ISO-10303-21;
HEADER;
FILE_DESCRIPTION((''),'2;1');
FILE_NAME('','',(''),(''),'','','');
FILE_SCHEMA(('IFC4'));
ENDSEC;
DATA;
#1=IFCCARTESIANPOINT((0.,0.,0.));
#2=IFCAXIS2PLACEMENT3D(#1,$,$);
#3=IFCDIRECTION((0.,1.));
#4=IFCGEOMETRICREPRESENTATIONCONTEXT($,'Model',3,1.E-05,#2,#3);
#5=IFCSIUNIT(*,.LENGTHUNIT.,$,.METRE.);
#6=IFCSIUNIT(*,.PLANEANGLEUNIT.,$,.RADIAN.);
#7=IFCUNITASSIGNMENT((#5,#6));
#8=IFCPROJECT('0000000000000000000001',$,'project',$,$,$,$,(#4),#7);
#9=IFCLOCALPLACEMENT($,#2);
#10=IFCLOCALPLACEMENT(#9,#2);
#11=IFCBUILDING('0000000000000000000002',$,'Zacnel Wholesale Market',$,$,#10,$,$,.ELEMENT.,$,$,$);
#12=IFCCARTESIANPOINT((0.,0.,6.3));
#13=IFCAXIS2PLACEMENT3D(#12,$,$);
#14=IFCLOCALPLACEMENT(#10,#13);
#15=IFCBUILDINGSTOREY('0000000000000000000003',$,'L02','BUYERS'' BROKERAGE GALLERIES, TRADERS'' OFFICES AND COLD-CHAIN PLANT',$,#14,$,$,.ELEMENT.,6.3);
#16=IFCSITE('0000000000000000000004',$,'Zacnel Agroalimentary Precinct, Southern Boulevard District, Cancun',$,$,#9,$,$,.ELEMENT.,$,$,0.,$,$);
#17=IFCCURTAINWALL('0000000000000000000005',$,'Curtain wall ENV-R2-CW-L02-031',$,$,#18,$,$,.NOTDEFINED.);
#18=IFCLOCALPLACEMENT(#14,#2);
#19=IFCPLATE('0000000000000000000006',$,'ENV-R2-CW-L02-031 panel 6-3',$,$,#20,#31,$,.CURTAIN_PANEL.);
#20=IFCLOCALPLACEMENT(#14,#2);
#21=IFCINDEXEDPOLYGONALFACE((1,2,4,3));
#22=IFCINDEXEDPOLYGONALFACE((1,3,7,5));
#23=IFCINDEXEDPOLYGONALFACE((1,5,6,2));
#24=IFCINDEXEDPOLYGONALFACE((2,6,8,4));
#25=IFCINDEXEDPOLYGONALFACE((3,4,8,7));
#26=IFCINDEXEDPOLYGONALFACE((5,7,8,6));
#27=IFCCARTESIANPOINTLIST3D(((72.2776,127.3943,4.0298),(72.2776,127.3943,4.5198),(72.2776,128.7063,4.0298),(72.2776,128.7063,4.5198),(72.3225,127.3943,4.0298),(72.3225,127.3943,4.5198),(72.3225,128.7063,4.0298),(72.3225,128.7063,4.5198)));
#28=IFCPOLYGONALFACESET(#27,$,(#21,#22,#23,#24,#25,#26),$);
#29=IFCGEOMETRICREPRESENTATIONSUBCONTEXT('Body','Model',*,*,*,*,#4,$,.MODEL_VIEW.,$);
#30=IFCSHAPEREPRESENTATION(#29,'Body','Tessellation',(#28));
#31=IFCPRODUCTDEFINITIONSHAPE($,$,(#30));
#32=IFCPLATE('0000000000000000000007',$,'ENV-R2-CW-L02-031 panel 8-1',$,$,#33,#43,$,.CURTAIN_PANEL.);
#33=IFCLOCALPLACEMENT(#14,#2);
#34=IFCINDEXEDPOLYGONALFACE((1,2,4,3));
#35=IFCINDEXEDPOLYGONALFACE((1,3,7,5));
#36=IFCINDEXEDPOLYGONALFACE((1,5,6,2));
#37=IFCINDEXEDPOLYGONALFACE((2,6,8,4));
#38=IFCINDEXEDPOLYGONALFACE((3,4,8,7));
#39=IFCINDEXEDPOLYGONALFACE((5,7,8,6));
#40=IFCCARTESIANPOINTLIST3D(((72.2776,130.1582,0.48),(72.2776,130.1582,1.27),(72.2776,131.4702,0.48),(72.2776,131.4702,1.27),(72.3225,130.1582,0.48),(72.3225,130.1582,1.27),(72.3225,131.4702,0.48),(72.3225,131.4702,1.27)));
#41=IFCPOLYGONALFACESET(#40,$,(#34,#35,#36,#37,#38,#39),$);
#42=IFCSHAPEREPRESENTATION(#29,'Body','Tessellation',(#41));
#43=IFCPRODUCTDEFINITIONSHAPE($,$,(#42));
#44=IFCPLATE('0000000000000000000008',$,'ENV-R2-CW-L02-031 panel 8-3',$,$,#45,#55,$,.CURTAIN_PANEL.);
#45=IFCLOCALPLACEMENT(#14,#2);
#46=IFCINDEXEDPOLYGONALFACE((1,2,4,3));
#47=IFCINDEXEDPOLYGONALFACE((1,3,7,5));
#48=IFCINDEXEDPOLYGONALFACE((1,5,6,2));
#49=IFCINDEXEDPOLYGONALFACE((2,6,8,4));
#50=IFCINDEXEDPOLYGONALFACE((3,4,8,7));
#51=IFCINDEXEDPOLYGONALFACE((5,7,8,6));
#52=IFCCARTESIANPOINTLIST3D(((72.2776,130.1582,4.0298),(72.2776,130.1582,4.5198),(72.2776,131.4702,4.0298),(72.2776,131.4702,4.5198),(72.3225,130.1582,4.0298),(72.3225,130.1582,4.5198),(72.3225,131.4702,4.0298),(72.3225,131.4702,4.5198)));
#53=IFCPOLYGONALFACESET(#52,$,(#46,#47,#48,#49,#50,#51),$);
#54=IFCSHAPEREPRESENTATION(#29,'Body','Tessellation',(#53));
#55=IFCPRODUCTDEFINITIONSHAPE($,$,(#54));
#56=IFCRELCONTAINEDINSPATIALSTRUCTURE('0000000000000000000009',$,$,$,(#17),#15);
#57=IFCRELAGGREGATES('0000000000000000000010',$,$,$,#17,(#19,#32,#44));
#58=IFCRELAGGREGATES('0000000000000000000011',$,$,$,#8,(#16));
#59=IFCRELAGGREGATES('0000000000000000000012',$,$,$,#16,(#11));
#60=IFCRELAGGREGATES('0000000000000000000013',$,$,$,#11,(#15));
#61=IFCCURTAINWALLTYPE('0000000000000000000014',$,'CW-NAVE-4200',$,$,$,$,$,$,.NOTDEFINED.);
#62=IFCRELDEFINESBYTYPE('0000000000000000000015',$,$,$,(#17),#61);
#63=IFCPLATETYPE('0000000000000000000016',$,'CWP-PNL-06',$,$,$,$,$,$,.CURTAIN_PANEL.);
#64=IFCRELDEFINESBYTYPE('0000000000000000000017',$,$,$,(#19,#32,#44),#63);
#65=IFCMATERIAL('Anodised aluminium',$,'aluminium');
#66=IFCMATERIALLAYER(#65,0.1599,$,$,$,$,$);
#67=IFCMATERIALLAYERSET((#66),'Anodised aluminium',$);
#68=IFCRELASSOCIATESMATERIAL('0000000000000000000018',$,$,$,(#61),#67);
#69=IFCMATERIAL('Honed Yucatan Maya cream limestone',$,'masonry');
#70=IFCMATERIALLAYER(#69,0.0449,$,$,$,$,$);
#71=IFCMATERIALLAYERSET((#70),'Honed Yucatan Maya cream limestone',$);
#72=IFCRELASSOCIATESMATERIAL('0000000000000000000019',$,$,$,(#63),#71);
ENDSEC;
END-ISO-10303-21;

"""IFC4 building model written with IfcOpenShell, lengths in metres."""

from ifc_helpers import new_model, si_unit, direction, frame, origin, origin_2d, place, context, subcontext, project, spatial, rectangle, extrude, material, layer, layer_set, type_object, element, aggregate, save


model = new_model("IFC4")

# Units and contexts
model_context = context("Model", 3, precision=1e-05, world=origin(), true_north=direction((0.0, 1.0)))
body_context = subcontext(model_context, "Body", "Model", "MODEL_VIEW")
ifc_project = project(units=[si_unit("LENGTHUNIT", "METRE"), si_unit("PLANEANGLEUNIT", "RADIAN")], contexts=[model_context])

# Site, building, storey
site_placement = place(None, origin())
site = spatial("IfcSite", under=ifc_project, at=site_placement, Name="Zacnel Agroalimentary Precinct, Southern Boulevard District, Cancun", CompositionType="ELEMENT", RefElevation=0.0)
building_placement = place(site_placement, origin())
building = spatial("IfcBuilding", under=site, at=building_placement, Name="Zacnel Wholesale Market", CompositionType="ELEMENT")
storey_placement = place(building_placement, frame((0.0, 0.0, 6.3)))
storey = spatial("IfcBuildingStorey", under=building, at=storey_placement, Name="L02", Description="BUYERS' BROKERAGE GALLERIES, TRADERS' OFFICES AND COLD-CHAIN PLANT", CompositionType="ELEMENT", Elevation=6.3)

# Curtain wall
ifc_material_1 = material(Name="Anodised aluminium", Category="aluminium")
ifc_layer_1 = layer(ifc_material_1, 0.1599)
ifc_layer_set_1 = layer_set([ifc_layer_1], Name="Anodised aluminium")
curtain_wall_type = type_object("IfcCurtainWallType", Name="CW-NAVE-4200", PredefinedType="NOTDEFINED", material=ifc_layer_set_1)
curtain_wall_1_placement = place(storey_placement, origin())
curtain_wall_1 = element("IfcCurtainWall", 1, at=curtain_wall_1_placement, inside=storey, type_object=curtain_wall_type, Name="Curtain wall ENV-R2-CW-L02-031", PredefinedType="NOTDEFINED")

# Plates
ifc_material_2 = material(Name="Honed Yucatan Maya cream limestone", Category="masonry")
ifc_layer_2 = layer(ifc_material_2, 0.0449)
ifc_layer_set_2 = layer_set([ifc_layer_2], Name="Honed Yucatan Maya cream limestone")
plate_type_1 = type_object("IfcPlateType", Name="CWP-PNL-06", PredefinedType="CURTAIN_PANEL", material=ifc_layer_set_2)
plate_1_placement = place(storey_placement, frame((72.3, 128.0503, 4.0298), z_axis=(0.0, 0.0, 1.0), x_axis=(0.0, 1.0, 0.0)))
plate_1 = element("IfcPlate", 2, at=plate_1_placement, type_object=plate_type_1, Name="ENV-R2-CW-L02-031 panel 6-3", PredefinedType="CURTAIN_PANEL", context=body_context, shape_type="SweptSolid", body=[
    extrude(rectangle(XDim=1.312, YDim=0.0449, at=origin_2d()), origin(), (0.0, 0.0, 1.0), 0.49),
])
plate_2_placement = place(storey_placement, frame((72.3, 130.8142, 0.48), z_axis=(0.0, 0.0, 1.0), x_axis=(0.0, 1.0, 0.0)))
plate_2 = element("IfcPlate", 3, at=plate_2_placement, type_object=plate_type_1, Name="ENV-R2-CW-L02-031 panel 8-1", PredefinedType="CURTAIN_PANEL", context=body_context, shape_type="SweptSolid", body=[
    extrude(rectangle(XDim=1.312, YDim=0.0449, at=origin_2d()), origin(), (0.0, 0.0, 1.0), 0.79),
])
plate_3_placement = place(storey_placement, frame((72.3, 130.8142, 4.0298), z_axis=(0.0, 0.0, 1.0), x_axis=(0.0, 1.0, 0.0)))
plate_3 = element("IfcPlate", 4, at=plate_3_placement, type_object=plate_type_1, Name="ENV-R2-CW-L02-031 panel 8-3", PredefinedType="CURTAIN_PANEL", context=body_context, shape_type="SweptSolid", body=[
    extrude(rectangle(XDim=1.312, YDim=0.0449, at=origin_2d()), origin(), (0.0, 0.0, 1.0), 0.49),
])
aggregate(curtain_wall_1, [plate_1, plate_2, plate_3])

save(model, "model.ifc")
